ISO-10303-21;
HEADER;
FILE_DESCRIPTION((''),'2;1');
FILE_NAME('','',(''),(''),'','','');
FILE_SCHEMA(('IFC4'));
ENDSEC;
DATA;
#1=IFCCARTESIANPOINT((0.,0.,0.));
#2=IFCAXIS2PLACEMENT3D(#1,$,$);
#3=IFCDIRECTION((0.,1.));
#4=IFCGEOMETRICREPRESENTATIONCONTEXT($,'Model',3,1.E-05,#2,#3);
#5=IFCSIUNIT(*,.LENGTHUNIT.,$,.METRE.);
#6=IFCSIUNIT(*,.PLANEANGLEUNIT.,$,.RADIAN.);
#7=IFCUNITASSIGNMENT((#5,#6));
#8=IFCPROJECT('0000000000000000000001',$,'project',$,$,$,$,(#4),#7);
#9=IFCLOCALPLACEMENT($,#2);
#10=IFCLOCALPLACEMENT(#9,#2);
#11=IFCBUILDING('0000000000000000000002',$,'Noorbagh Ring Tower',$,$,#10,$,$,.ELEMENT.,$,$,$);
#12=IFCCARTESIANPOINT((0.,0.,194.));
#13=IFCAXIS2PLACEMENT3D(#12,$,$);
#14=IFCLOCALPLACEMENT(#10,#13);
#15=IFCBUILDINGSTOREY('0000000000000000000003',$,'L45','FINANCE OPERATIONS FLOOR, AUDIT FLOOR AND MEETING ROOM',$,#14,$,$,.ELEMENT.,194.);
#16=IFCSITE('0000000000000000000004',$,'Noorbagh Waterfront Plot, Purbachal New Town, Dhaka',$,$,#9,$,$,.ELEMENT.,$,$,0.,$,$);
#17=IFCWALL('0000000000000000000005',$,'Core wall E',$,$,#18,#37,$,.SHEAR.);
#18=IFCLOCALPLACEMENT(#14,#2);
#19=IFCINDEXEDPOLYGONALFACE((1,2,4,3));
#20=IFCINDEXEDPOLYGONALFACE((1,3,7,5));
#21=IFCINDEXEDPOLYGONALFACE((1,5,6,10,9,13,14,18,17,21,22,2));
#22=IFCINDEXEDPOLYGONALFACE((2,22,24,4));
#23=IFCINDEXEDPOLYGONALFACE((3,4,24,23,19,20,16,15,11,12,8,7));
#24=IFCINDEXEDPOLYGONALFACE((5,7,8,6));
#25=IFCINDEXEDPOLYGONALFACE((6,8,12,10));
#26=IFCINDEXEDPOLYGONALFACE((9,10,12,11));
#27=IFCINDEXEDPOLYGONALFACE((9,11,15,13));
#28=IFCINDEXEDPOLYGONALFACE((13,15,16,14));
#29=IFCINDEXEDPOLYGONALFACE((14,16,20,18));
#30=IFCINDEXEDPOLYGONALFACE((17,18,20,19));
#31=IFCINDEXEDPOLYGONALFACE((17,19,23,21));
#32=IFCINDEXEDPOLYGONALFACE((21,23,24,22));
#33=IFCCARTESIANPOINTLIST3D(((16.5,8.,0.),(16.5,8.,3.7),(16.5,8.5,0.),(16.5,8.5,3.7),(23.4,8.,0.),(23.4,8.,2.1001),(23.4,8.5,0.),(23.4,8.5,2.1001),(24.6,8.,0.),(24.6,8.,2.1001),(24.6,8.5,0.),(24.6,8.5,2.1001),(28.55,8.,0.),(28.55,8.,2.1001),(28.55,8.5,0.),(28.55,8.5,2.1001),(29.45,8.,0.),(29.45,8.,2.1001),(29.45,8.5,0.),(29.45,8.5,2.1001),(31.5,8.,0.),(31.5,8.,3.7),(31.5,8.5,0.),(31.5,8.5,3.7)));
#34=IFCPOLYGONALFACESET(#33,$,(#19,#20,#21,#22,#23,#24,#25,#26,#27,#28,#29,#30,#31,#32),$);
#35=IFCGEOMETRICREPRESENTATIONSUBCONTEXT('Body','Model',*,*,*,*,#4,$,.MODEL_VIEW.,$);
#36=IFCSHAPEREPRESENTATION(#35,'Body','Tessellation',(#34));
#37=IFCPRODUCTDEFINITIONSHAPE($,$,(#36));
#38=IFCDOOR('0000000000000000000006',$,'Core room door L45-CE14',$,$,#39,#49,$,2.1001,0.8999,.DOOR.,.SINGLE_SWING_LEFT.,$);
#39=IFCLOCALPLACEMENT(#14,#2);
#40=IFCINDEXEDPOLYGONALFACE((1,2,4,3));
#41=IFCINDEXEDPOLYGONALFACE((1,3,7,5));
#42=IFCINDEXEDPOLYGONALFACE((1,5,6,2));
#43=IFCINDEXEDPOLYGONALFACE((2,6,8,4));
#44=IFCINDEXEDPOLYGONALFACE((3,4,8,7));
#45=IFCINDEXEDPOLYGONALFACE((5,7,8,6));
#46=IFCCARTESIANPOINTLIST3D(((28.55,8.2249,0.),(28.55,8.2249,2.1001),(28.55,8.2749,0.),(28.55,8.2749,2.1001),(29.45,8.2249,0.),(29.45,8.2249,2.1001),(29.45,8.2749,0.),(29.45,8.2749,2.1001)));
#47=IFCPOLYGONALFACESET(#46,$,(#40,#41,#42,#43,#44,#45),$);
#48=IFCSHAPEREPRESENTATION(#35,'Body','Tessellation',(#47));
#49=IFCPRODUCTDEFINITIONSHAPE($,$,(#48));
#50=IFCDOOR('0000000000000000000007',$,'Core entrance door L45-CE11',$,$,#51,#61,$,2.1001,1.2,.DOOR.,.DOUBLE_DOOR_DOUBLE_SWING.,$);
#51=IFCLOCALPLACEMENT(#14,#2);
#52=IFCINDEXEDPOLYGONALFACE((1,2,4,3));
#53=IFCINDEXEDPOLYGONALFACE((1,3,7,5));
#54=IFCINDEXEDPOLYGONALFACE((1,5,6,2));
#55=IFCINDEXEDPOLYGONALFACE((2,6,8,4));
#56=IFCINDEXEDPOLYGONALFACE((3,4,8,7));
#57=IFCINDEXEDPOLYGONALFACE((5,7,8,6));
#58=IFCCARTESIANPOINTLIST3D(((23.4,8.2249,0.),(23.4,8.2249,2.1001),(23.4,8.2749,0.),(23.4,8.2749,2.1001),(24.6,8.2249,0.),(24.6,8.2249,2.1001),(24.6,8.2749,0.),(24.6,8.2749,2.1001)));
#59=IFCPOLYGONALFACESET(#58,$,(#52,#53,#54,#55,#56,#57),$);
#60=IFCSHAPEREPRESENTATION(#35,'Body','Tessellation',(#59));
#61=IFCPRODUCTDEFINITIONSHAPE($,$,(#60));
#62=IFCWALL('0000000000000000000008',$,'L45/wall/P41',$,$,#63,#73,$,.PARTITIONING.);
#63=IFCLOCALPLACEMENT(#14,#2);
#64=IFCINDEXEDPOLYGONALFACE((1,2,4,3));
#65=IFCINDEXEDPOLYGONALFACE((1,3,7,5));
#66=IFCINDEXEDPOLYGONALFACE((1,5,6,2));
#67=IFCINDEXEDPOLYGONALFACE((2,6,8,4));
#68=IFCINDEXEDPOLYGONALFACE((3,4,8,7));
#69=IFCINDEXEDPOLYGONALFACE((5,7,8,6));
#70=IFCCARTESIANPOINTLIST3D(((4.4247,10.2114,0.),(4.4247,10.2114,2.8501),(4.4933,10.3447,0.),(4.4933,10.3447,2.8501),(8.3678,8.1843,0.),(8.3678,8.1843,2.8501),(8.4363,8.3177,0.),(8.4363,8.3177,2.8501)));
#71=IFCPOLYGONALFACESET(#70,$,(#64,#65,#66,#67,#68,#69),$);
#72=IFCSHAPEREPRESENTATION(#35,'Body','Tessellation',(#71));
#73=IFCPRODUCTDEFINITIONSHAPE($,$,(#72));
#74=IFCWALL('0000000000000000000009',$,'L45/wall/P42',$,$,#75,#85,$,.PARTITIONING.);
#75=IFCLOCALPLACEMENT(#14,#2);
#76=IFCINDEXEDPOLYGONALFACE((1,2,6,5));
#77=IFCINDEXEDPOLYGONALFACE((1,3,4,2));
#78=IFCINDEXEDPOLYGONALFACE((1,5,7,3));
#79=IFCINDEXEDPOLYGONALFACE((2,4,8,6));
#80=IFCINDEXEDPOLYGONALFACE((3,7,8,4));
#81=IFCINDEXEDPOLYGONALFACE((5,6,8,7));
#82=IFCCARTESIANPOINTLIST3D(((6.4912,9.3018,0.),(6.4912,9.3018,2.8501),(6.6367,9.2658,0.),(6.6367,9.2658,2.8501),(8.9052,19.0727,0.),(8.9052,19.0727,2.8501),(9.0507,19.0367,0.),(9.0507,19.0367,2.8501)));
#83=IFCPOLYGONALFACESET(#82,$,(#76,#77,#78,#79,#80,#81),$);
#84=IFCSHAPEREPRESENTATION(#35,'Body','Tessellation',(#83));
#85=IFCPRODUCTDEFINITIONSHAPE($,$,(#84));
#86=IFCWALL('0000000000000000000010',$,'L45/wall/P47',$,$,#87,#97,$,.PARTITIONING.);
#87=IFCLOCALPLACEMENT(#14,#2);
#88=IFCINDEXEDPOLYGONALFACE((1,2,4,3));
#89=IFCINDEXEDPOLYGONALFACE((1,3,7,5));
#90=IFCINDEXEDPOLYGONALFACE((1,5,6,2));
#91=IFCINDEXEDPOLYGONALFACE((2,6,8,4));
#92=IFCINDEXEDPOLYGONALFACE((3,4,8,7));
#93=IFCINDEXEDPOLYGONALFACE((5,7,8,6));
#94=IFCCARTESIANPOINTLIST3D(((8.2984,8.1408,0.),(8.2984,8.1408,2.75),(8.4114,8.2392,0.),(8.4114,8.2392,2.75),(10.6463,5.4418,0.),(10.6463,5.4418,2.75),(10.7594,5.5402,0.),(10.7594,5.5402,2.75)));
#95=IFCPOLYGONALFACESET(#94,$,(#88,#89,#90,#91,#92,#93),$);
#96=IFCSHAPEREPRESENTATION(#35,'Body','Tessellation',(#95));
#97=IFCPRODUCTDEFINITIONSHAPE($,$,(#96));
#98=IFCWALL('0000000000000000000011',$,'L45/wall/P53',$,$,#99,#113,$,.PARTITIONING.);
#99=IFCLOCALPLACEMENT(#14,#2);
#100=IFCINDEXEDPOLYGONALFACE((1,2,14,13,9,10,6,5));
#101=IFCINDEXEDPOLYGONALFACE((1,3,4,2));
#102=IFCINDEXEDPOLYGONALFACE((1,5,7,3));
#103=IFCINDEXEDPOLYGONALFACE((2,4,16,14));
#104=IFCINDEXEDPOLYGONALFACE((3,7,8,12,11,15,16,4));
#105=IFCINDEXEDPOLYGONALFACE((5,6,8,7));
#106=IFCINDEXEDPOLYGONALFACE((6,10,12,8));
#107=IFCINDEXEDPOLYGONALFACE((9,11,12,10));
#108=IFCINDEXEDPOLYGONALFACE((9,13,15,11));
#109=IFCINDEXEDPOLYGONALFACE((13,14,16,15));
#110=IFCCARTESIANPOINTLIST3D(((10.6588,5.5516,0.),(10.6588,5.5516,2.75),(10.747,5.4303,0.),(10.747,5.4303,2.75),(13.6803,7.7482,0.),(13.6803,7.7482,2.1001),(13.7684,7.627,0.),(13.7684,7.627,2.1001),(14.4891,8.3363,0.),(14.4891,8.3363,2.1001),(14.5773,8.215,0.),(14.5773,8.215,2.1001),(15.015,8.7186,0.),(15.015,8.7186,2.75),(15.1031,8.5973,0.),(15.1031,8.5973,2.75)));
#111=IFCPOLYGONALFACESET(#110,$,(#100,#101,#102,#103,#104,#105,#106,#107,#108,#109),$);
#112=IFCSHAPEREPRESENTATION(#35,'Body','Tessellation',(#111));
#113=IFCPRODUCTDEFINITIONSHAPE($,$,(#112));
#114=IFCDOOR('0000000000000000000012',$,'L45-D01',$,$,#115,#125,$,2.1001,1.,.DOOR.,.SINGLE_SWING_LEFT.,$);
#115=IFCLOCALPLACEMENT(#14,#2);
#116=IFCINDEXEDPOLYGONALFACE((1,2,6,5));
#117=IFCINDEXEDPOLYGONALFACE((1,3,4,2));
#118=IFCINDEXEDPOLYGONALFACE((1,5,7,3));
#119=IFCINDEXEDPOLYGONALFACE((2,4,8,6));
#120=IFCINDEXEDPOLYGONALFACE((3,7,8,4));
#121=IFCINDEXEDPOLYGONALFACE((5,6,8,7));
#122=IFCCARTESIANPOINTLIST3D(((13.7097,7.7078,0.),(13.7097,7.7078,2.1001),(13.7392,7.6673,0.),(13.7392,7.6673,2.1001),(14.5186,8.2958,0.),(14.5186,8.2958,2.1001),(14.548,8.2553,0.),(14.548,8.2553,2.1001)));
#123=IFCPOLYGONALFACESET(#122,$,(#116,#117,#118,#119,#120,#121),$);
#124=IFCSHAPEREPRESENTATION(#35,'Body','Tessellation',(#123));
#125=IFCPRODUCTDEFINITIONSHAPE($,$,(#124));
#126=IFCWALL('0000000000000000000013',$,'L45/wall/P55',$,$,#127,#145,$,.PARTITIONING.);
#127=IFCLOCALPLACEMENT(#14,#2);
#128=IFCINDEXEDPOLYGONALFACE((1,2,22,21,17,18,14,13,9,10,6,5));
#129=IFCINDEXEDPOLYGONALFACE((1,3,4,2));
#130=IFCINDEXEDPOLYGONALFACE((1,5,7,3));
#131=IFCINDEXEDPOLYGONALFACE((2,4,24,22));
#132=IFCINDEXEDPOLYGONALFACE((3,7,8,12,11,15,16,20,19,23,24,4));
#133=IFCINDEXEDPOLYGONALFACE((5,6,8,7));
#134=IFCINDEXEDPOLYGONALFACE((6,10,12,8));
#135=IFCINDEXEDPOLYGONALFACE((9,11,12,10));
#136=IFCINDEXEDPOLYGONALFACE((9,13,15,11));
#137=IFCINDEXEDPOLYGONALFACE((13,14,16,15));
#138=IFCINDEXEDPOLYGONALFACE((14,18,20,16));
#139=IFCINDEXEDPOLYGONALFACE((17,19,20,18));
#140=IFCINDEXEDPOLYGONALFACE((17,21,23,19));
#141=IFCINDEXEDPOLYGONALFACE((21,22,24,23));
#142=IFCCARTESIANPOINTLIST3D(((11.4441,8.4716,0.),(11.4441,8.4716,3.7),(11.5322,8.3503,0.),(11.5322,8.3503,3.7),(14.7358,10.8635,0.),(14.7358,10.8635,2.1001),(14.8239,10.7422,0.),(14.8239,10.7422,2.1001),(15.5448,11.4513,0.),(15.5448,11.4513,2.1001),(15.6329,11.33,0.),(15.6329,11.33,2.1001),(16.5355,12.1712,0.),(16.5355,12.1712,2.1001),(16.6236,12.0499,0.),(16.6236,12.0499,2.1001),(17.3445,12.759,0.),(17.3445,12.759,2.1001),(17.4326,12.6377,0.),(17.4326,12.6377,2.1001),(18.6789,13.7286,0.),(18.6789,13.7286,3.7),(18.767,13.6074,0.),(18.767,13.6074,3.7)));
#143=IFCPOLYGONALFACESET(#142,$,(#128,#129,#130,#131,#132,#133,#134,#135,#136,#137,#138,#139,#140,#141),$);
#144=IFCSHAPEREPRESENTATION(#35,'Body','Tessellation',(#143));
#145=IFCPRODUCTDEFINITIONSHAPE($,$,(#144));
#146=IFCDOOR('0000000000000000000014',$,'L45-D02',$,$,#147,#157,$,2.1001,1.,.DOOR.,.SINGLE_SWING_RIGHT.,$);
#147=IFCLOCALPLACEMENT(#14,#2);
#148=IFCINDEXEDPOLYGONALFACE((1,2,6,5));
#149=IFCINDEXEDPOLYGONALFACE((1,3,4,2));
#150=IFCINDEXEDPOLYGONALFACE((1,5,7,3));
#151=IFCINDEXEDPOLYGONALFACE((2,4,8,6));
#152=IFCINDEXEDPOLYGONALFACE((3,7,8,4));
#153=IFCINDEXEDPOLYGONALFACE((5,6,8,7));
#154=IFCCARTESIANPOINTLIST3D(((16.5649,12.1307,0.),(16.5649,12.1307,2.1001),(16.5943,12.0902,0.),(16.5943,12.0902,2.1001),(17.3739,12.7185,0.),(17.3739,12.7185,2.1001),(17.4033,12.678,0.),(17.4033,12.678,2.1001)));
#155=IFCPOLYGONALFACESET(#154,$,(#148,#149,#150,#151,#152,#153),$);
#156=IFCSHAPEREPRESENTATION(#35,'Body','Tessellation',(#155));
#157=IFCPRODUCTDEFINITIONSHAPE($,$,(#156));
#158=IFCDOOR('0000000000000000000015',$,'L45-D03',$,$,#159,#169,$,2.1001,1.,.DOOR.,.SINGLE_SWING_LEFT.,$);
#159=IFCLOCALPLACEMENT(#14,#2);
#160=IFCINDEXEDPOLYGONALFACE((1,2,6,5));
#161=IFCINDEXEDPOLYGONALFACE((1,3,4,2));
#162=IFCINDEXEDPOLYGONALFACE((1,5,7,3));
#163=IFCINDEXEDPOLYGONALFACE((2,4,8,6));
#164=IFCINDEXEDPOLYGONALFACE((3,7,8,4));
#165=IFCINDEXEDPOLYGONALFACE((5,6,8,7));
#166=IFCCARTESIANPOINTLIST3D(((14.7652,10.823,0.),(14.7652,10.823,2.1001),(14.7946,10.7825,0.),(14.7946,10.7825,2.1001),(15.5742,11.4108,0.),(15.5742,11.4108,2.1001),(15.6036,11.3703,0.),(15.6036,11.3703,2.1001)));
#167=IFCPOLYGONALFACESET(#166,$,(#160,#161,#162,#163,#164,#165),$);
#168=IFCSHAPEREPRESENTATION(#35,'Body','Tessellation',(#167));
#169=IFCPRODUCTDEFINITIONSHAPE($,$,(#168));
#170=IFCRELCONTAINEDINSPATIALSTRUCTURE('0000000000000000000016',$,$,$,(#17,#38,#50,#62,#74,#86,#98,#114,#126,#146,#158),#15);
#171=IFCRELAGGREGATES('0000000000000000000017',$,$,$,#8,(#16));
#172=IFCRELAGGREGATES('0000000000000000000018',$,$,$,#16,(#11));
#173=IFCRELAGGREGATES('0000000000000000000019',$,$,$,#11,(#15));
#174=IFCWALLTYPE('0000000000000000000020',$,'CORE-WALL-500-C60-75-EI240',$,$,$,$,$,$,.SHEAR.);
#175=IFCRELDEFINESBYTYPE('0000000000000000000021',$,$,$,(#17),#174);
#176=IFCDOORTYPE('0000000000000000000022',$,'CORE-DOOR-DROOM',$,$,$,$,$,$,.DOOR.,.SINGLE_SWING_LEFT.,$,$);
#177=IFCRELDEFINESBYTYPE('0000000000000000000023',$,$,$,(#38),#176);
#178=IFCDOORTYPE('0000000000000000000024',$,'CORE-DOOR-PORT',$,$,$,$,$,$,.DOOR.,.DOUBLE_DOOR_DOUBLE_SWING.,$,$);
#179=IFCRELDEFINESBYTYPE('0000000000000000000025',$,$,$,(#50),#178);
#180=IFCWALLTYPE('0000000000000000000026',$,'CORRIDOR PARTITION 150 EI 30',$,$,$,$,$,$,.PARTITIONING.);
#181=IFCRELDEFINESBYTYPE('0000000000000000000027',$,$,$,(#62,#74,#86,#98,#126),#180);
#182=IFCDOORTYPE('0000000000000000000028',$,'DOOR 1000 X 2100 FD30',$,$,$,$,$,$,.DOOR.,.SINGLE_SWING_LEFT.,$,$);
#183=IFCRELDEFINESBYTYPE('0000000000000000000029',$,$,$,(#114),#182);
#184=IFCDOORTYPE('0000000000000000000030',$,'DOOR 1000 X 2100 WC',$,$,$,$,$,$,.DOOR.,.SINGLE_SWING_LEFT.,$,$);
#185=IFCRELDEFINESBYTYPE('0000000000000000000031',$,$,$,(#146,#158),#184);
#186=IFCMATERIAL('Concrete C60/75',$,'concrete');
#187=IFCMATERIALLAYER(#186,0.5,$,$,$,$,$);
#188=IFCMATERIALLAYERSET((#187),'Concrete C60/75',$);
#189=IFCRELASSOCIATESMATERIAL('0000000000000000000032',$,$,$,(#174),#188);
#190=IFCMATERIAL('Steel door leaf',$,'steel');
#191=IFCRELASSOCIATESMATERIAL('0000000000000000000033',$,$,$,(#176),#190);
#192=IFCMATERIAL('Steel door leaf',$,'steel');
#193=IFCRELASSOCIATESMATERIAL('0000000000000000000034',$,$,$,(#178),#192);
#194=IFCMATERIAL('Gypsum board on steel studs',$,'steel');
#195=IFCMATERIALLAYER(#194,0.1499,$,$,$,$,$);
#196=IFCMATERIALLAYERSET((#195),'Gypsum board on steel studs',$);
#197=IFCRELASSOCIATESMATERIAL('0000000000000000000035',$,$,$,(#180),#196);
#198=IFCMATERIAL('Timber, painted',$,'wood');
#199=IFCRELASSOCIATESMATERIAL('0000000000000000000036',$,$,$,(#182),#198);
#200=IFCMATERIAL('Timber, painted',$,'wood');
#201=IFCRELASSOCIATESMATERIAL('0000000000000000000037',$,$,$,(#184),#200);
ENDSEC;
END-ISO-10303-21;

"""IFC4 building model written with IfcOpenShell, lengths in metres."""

from ifc_helpers import new_model, si_unit, direction, frame, frame_2d, origin, place, context, subcontext, project, spatial, rectangle, extrude, material, layer, layer_set, type_object, element, fill, save


model = new_model("IFC4")

# Units and contexts
model_context = context("Model", 3, precision=1e-05, world=origin(), true_north=direction((0.0, 1.0)))
body_context = subcontext(model_context, "Body", "Model", "MODEL_VIEW")
ifc_project = project(units=[si_unit("LENGTHUNIT", "METRE"), si_unit("PLANEANGLEUNIT", "RADIAN")], contexts=[model_context])

# Site, building, storey
site_placement = place(None, origin())
site = spatial("IfcSite", under=ifc_project, at=site_placement, Name="Noorbagh Waterfront Plot, Purbachal New Town, Dhaka", CompositionType="ELEMENT", RefElevation=0.0)
building_placement = place(site_placement, origin())
building = spatial("IfcBuilding", under=site, at=building_placement, Name="Noorbagh Ring Tower", CompositionType="ELEMENT")
storey_placement = place(building_placement, frame((0.0, 0.0, 194.0)))
storey = spatial("IfcBuildingStorey", under=building, at=storey_placement, Name="L45", Description="FINANCE OPERATIONS FLOOR, AUDIT FLOOR AND MEETING ROOM", CompositionType="ELEMENT", Elevation=194.0)

# Wall, openings, doors
ifc_material_1 = material(Name="Concrete C60/75", Category="concrete")
ifc_layer_1 = layer(ifc_material_1, 0.5)
ifc_layer_set_1 = layer_set([ifc_layer_1], Name="Concrete C60/75")
wall_type_1 = type_object("IfcWallType", Name="CORE-WALL-500-C60-75-EI240", PredefinedType="SHEAR", material=ifc_layer_set_1)
wall_1_placement = place(storey_placement, frame((16.5, 8.25, 0.0), z_axis=(0.0, 0.0, 1.0), x_axis=(1.0, 0.0, 0.0)))
wall_1 = element("IfcWall", 1, at=wall_1_placement, inside=storey, type_object=wall_type_1, Name="Core wall E", PredefinedType="SHEAR", context=body_context, shape_type="SweptSolid", body=[
    extrude(rectangle(XDim=15.0, YDim=0.5, at=frame_2d((7.5, 0.0))), origin(), (0.0, 0.0, 1.0), 3.7),
])
opening_1_placement = place(wall_1_placement, frame((6.8999, 0.0, 0.0)))
opening_1 = element("IfcOpeningElement", 2, at=opening_1_placement, cuts=wall_1, PredefinedType="OPENING", context=body_context, shape_type="SweptSolid", body=[
    extrude(rectangle(XDim=1.2, YDim=2.1001, at=frame_2d((0.6001, 1.05))), frame((0.0, 0.26, 0.0), z_axis=(0.0, -1.0, 0.0), x_axis=(1.0, 0.0, 0.0)), (0.0, 0.0, 1.0), 0.52),
])
opening_2_placement = place(wall_1_placement, frame((12.05, 0.0, 0.0)))
opening_2 = element("IfcOpeningElement", 3, at=opening_2_placement, cuts=wall_1, PredefinedType="OPENING", context=body_context, shape_type="SweptSolid", body=[
    extrude(rectangle(XDim=0.8999, YDim=2.1001, at=frame_2d((0.45, 1.05))), frame((0.0, 0.26, 0.0), z_axis=(0.0, -1.0, 0.0), x_axis=(1.0, 0.0, 0.0)), (0.0, 0.0, 1.0), 0.52),
])
ifc_material_2 = material(Name="Steel door leaf", Category="steel")
door_type_1 = type_object("IfcDoorType", Name="CORE-DOOR-DROOM", OperationType="SINGLE_SWING_LEFT", PredefinedType="DOOR", material=ifc_material_2)
door_1_placement = place(opening_2_placement, origin())
door_1 = element("IfcDoor", 4, at=door_1_placement, inside=storey, type_object=door_type_1, Name="Core room door L45-CE14", OperationType="SINGLE_SWING_LEFT", OverallHeight=2.1001, OverallWidth=0.8999, PredefinedType="DOOR", context=body_context, shape_type="SweptSolid", body=[
    extrude(rectangle(XDim=0.8999, YDim=2.1001, at=frame_2d((0.45, 1.05))), frame((0.0, 0.0249, 0.0), z_axis=(0.0, -1.0, 0.0), x_axis=(1.0, 0.0, 0.0)), (0.0, 0.0, 1.0), 0.05),
])
fill(opening_2, door_1)
ifc_material_3 = material(Name="Steel door leaf", Category="steel")
door_type_2 = type_object("IfcDoorType", Name="CORE-DOOR-PORT", OperationType="DOUBLE_DOOR_DOUBLE_SWING", PredefinedType="DOOR", material=ifc_material_3)
door_2_placement = place(opening_1_placement, origin())
door_2 = element("IfcDoor", 5, at=door_2_placement, inside=storey, type_object=door_type_2, Name="Core entrance door L45-CE11", OperationType="DOUBLE_DOOR_DOUBLE_SWING", OverallHeight=2.1001, OverallWidth=1.2, PredefinedType="DOOR", context=body_context, shape_type="SweptSolid", body=[
    extrude(rectangle(XDim=1.2, YDim=2.1001, at=frame_2d((0.6001, 1.05))), frame((0.0, 0.0249, 0.0), z_axis=(0.0, -1.0, 0.0), x_axis=(1.0, 0.0, 0.0)), (0.0, 0.0, 1.0), 0.05),
])
fill(opening_1, door_2)

# Walls
ifc_material_4 = material(Name="Gypsum board on steel studs", Category="steel")
ifc_layer_2 = layer(ifc_material_4, 0.1499)
ifc_layer_set_2 = layer_set([ifc_layer_2], Name="Gypsum board on steel studs")
wall_type_2 = type_object("IfcWallType", Name="CORRIDOR PARTITION 150 EI 30", PredefinedType="PARTITIONING", material=ifc_layer_set_2)
wall_2_placement = place(storey_placement, frame((4.459, 10.2781, 0.0), z_axis=(0.0, 0.0, 1.0), x_axis=(0.88936, -0.457207, 0.0)))
element("IfcWall", 6, at=wall_2_placement, inside=storey, type_object=wall_type_2, Name="L45/wall/P41", PredefinedType="PARTITIONING", context=body_context, shape_type="SweptSolid", body=[
    extrude(rectangle(XDim=4.4336, YDim=0.1499, at=frame_2d((2.2168, 0.0))), origin(), (0.0, 0.0, 1.0), 2.8501),
])
wall_3_placement = place(storey_placement, frame((6.564, 9.2839, 0.0), z_axis=(0.0, 0.0, 1.0), x_axis=(0.239852, 0.970809, 0.0)))
element("IfcWall", 7, at=wall_3_placement, inside=storey, type_object=wall_type_2, Name="L45/wall/P42", PredefinedType="PARTITIONING", context=body_context, shape_type="SweptSolid", body=[
    extrude(rectangle(XDim=10.0647, YDim=0.1499, at=frame_2d((5.0322, 0.0))), origin(), (0.0, 0.0, 1.0), 2.8501),
])
wall_4_placement = place(storey_placement, frame((8.355, 8.1899, 0.0), z_axis=(0.0, 0.0, 1.0), x_axis=(0.656332, -0.754472, 0.0)))
element("IfcWall", 8, at=wall_4_placement, inside=storey, type_object=wall_type_2, Name="L45/wall/P47", PredefinedType="PARTITIONING", context=body_context, shape_type="SweptSolid", body=[
    extrude(rectangle(XDim=3.5774, YDim=0.1499, at=frame_2d((1.7886, 0.0))), origin(), (0.0, 0.0, 1.0), 2.75),
])

# Wall, opening, door
wall_5_placement = place(storey_placement, frame((10.7029, 5.491, 0.0), z_axis=(0.0, 0.0, 1.0), x_axis=(0.808838, 0.588032, 0.0)))
wall_5 = element("IfcWall", 9, at=wall_5_placement, inside=storey, type_object=wall_type_2, Name="L45/wall/P53", PredefinedType="PARTITIONING", context=body_context, shape_type="SweptSolid", body=[
    extrude(rectangle(XDim=5.3857, YDim=0.1499, at=frame_2d((2.6929, 0.0))), origin(), (0.0, 0.0, 1.0), 2.75),
])
opening_3_placement = place(wall_5_placement, frame((3.7356, 0.0, 0.0)))
opening_3 = element("IfcOpeningElement", 10, at=opening_3_placement, cuts=wall_5, PredefinedType="OPENING", context=body_context, shape_type="SweptSolid", body=[
    extrude(rectangle(XDim=1.0, YDim=2.1001, at=frame_2d((0.5, 1.05))), frame((0.0, 0.085, 0.0), z_axis=(0.0, -1.0, 0.0), x_axis=(1.0, 0.0, 0.0)), (0.0, 0.0, 1.0), 0.1699),
])
ifc_material_5 = material(Name="Timber, painted", Category="wood")
door_type_3 = type_object("IfcDoorType", Name="DOOR 1000 X 2100 FD30", OperationType="SINGLE_SWING_LEFT", PredefinedType="DOOR", material=ifc_material_5)
door_3_placement = place(opening_3_placement, origin())
door_3 = element("IfcDoor", 11, at=door_3_placement, inside=storey, type_object=door_type_3, Name="L45-D01", OperationType="SINGLE_SWING_LEFT", OverallHeight=2.1001, OverallWidth=1.0, PredefinedType="DOOR", context=body_context, shape_type="SweptSolid", body=[
    extrude(rectangle(XDim=1.0, YDim=2.1001, at=frame_2d((0.5, 1.05))), frame((0.0, 0.0249, 0.0), z_axis=(0.0, -1.0, 0.0), x_axis=(1.0, 0.0, 0.0)), (0.0, 0.0, 1.0), 0.05),
])
fill(opening_3, door_3)

# Wall, openings, doors
wall_6_placement = place(storey_placement, frame((11.488, 8.4109, 0.0), z_axis=(0.0, 0.0, 1.0), x_axis=(0.808983, 0.587832, 0.0)))
wall_6 = element("IfcWall", 12, at=wall_6_placement, inside=storey, type_object=wall_type_2, Name="L45/wall/P55", PredefinedType="PARTITIONING", context=body_context, shape_type="SweptSolid", body=[
    extrude(rectangle(XDim=8.9431, YDim=0.1499, at=frame_2d((4.4717, 0.0))), origin(), (0.0, 0.0, 1.0), 3.7),
])
opening_4_placement = place(wall_6_placement, frame((6.2937, 0.0, 0.0)))
opening_4 = element("IfcOpeningElement", 13, at=opening_4_placement, cuts=wall_6, PredefinedType="OPENING", context=body_context, shape_type="SweptSolid", body=[
    extrude(rectangle(XDim=1.0, YDim=2.1001, at=frame_2d((0.5, 1.05))), frame((0.0, 0.085, 0.0), z_axis=(0.0, -1.0, 0.0), x_axis=(1.0, 0.0, 0.0)), (0.0, 0.0, 1.0), 0.1699),
])
opening_5_placement = place(wall_6_placement, frame((4.0691, 0.0, 0.0)))
opening_5 = element("IfcOpeningElement", 14, at=opening_5_placement, cuts=wall_6, PredefinedType="OPENING", context=body_context, shape_type="SweptSolid", body=[
    extrude(rectangle(XDim=1.0, YDim=2.1001, at=frame_2d((0.5, 1.05))), frame((0.0, 0.085, 0.0), z_axis=(0.0, -1.0, 0.0), x_axis=(1.0, 0.0, 0.0)), (0.0, 0.0, 1.0), 0.1699),
])
ifc_material_6 = material(Name="Timber, painted", Category="wood")
door_type_4 = type_object("IfcDoorType", Name="DOOR 1000 X 2100 WC", OperationType="SINGLE_SWING_LEFT", PredefinedType="DOOR", material=ifc_material_6)
door_4_placement = place(opening_4_placement, origin())
door_4 = element("IfcDoor", 15, at=door_4_placement, inside=storey, type_object=door_type_4, Name="L45-D02", OperationType="SINGLE_SWING_RIGHT", OverallHeight=2.1001, OverallWidth=1.0, PredefinedType="DOOR", context=body_context, shape_type="SweptSolid", body=[
    extrude(rectangle(XDim=1.0, YDim=2.1001, at=frame_2d((0.5, 1.05))), frame((0.0, 0.0249, 0.0), z_axis=(0.0, -1.0, 0.0), x_axis=(1.0, 0.0, 0.0)), (0.0, 0.0, 1.0), 0.05),
])
fill(opening_4, door_4)
door_5_placement = place(opening_5_placement, origin())
door_5 = element("IfcDoor", 16, at=door_5_placement, inside=storey, type_object=door_type_4, Name="L45-D03", OperationType="SINGLE_SWING_LEFT", OverallHeight=2.1001, OverallWidth=1.0, PredefinedType="DOOR", context=body_context, shape_type="SweptSolid", body=[
    extrude(rectangle(XDim=1.0, YDim=2.1001, at=frame_2d((0.5, 1.05))), frame((0.0, 0.0249, 0.0), z_axis=(0.0, -1.0, 0.0), x_axis=(1.0, 0.0, 0.0)), (0.0, 0.0, 1.0), 0.05),
])
fill(opening_5, door_5)

save(model, "model.ifc")
